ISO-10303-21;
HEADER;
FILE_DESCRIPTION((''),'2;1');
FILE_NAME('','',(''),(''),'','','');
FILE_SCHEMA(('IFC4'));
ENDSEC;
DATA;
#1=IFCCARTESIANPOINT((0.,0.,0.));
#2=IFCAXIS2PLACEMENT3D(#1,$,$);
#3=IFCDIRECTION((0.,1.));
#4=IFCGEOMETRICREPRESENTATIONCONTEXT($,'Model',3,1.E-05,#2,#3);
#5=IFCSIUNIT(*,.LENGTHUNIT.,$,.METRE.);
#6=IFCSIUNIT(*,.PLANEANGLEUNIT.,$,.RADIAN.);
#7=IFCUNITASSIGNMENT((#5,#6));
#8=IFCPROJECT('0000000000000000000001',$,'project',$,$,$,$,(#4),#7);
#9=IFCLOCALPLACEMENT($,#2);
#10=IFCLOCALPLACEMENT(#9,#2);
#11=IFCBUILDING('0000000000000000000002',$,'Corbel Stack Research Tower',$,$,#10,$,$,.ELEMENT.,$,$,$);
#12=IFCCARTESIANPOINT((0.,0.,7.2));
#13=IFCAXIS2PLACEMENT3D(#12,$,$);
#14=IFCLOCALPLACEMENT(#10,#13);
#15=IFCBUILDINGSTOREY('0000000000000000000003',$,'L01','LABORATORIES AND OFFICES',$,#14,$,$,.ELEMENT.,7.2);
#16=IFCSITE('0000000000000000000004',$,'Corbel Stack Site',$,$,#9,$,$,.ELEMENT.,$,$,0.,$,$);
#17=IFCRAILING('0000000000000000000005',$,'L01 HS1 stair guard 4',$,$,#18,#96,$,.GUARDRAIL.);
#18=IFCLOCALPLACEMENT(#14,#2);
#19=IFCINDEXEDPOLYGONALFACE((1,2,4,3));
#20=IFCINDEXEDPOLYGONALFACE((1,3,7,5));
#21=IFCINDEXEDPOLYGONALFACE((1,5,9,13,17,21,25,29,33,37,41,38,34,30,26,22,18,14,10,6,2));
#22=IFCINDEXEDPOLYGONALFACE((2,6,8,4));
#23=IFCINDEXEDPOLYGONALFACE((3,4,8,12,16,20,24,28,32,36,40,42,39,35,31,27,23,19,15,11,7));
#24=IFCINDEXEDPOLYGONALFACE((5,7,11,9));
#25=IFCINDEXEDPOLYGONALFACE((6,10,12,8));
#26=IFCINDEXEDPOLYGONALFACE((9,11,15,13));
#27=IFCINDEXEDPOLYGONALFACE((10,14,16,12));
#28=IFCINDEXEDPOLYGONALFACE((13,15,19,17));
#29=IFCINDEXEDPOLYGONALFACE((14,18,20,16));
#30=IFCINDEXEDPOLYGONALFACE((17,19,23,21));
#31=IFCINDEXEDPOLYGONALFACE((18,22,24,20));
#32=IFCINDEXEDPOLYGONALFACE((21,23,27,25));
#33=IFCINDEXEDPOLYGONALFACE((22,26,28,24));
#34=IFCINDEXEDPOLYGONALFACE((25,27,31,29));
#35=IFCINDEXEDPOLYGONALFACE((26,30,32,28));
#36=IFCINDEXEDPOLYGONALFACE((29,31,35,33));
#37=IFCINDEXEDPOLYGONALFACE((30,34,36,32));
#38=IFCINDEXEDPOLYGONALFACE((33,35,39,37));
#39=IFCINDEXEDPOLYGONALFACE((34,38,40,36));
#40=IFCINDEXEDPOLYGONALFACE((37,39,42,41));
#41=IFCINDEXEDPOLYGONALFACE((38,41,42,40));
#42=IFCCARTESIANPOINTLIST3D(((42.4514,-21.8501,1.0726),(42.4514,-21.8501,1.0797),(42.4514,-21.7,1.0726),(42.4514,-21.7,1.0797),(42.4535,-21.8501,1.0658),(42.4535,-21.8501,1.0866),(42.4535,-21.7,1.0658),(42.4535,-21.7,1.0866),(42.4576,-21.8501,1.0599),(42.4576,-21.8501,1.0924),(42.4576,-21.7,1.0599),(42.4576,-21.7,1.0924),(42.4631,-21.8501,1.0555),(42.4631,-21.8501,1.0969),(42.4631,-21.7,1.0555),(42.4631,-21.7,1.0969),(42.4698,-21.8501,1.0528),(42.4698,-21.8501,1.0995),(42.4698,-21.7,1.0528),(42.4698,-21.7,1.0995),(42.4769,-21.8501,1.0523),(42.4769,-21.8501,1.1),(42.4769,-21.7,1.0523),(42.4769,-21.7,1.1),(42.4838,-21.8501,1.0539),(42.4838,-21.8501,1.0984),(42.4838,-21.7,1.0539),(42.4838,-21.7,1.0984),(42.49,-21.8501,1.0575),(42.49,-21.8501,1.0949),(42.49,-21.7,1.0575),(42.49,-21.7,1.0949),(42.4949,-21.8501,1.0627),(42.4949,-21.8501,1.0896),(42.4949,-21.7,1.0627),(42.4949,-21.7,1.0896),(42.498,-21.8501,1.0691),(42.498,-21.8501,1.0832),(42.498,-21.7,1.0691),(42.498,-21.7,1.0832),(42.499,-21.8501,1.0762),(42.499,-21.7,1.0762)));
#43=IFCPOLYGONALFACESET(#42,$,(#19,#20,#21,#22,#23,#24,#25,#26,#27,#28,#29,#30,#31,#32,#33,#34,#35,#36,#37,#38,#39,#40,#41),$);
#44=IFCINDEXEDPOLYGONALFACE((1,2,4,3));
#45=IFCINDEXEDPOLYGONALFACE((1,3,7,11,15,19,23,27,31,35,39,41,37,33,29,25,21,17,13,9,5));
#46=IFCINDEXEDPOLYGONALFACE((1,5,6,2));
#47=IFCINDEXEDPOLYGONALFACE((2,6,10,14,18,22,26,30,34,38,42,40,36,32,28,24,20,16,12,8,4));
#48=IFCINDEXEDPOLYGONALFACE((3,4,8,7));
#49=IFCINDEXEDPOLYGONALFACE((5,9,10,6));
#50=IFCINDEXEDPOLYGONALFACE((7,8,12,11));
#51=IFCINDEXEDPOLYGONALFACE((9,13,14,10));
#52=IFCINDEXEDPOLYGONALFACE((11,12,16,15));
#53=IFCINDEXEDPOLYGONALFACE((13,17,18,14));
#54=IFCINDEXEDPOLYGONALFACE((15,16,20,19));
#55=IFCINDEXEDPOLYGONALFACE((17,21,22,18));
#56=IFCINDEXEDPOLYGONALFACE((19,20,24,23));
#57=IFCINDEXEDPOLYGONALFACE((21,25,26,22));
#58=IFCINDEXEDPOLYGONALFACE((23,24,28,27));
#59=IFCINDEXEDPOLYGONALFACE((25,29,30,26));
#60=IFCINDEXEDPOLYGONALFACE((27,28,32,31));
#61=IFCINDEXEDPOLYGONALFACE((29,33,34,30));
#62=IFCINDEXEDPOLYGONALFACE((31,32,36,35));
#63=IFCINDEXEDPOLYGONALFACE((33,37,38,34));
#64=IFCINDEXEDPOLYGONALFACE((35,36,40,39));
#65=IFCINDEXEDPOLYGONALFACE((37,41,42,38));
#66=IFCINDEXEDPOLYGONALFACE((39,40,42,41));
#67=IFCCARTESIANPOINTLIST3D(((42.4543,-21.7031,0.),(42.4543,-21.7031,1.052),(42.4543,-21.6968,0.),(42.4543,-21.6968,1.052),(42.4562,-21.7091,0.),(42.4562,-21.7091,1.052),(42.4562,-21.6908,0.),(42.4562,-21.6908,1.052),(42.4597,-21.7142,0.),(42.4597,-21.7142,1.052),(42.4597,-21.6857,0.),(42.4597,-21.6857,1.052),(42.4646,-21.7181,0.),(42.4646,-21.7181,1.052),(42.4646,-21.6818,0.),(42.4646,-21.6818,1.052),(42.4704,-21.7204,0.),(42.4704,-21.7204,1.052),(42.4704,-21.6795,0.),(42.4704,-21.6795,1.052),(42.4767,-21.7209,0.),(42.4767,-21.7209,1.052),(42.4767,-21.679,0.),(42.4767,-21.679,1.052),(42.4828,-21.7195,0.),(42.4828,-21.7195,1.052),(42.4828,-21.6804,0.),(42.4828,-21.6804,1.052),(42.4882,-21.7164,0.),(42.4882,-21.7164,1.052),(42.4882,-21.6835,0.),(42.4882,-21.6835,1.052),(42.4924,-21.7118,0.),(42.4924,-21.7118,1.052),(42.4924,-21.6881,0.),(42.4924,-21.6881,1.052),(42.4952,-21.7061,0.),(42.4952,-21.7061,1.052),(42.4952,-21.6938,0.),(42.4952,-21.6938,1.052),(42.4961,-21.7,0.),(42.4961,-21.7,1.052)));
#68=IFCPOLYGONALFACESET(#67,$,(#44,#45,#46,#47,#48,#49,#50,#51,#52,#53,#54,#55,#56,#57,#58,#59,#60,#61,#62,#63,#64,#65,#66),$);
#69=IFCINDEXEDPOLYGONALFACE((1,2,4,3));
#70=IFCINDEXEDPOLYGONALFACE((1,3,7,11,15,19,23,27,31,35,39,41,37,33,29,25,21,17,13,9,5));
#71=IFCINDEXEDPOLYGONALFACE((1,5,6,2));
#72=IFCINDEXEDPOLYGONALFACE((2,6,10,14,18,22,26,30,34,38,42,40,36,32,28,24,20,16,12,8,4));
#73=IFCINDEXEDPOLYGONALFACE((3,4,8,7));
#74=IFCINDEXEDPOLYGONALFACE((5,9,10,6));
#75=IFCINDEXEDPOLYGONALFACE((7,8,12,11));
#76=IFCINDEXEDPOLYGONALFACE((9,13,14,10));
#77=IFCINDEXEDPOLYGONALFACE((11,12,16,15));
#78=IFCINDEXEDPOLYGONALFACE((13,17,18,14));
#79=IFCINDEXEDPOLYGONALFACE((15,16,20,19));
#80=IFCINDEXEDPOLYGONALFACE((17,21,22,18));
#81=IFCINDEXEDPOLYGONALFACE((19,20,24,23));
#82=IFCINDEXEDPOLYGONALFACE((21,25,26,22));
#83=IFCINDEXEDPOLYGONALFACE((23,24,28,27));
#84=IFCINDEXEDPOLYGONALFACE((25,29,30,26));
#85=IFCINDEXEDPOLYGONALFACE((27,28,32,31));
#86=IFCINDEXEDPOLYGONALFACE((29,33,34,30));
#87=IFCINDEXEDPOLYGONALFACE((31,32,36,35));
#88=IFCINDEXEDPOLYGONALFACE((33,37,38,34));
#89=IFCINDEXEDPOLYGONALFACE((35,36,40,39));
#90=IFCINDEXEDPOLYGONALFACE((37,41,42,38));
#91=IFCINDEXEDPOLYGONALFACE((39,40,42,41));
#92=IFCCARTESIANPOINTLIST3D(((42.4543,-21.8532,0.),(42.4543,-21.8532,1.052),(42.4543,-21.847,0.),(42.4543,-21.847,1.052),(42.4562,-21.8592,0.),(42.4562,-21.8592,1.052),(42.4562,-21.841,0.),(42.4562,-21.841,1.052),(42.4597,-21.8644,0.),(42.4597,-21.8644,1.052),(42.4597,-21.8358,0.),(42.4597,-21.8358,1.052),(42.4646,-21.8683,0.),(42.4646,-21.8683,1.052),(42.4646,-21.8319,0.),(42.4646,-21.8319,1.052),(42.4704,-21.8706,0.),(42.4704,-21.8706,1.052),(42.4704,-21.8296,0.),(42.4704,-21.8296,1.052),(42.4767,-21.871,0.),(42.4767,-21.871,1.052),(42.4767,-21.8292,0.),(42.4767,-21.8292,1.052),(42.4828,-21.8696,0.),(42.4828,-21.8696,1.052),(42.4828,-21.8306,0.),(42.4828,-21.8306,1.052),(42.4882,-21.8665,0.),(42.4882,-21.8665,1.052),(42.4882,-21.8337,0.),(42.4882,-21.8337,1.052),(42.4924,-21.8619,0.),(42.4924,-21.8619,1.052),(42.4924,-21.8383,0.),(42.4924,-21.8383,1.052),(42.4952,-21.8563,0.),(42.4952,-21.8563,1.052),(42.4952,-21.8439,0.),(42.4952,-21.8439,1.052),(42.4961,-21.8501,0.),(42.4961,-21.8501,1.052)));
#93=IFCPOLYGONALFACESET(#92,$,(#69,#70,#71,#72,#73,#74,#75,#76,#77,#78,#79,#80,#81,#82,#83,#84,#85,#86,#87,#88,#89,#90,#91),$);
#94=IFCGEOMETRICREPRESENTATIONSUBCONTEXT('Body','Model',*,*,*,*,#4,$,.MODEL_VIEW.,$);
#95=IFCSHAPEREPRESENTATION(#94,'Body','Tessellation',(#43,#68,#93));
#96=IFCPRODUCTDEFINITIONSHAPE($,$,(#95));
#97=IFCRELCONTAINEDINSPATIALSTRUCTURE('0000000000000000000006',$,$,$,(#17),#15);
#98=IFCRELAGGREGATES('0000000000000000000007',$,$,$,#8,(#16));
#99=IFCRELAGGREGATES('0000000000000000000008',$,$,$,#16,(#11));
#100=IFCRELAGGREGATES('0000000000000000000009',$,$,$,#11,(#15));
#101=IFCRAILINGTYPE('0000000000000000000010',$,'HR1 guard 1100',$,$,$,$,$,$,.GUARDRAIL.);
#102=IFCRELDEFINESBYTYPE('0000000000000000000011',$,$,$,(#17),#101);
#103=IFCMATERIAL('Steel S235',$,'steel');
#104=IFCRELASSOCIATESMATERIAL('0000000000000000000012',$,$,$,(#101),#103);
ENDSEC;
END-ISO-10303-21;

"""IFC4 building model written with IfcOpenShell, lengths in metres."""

from ifc_helpers import new_model, si_unit, direction, frame, origin, origin_2d, place, context, subcontext, project, spatial, circle, extrude, material, type_object, element, save


model = new_model("IFC4")

# Units and contexts
model_context = context("Model", 3, precision=1e-05, world=origin(), true_north=direction((0.0, 1.0)))
body_context = subcontext(model_context, "Body", "Model", "MODEL_VIEW")
ifc_project = project(units=[si_unit("LENGTHUNIT", "METRE"), si_unit("PLANEANGLEUNIT", "RADIAN")], contexts=[model_context])

# Site, building, storey
site_placement = place(None, origin())
site = spatial("IfcSite", under=ifc_project, at=site_placement, Name="Corbel Stack Site", CompositionType="ELEMENT", RefElevation=0.0)
building_placement = place(site_placement, origin())
building = spatial("IfcBuilding", under=site, at=building_placement, Name="Corbel Stack Research Tower", CompositionType="ELEMENT")
storey_placement = place(building_placement, frame((0.0, 0.0, 7.2)))
storey = spatial("IfcBuildingStorey", under=building, at=storey_placement, Name="L01", Description="LABORATORIES AND OFFICES", CompositionType="ELEMENT", Elevation=7.2)

# Railing
ifc_material_1 = material(Name="Steel S235", Category="steel")
railing_type_1 = type_object("IfcRailingType", Name="HR1 guard 1100", PredefinedType="GUARDRAIL", material=ifc_material_1)
railing_1_placement = place(storey_placement, frame((42.4751, -21.7, 0.0)))
element("IfcRailing", 1, at=railing_1_placement, inside=storey, type_object=railing_type_1, Name="L01 HS1 stair guard 4", PredefinedType="GUARDRAIL", context=body_context, shape_type="SweptSolid", body=[
    extrude(circle(Radius=0.0239, at=origin_2d()), frame((0.0, 0.0, 1.0762), z_axis=(0.0, -1.0, 0.0), x_axis=(1.0, 0.0, 0.0)), (0.0, 0.0, 1.0), 0.1501),
    extrude(circle(Radius=0.021, at=origin_2d()), origin(), (0.0, 0.0, 1.0), 1.052),
    extrude(circle(Radius=0.021, at=origin_2d()), frame((0.0, -0.1501, 0.0)), (0.0, 0.0, 1.0), 1.052),
])

save(model, "model.ifc")
